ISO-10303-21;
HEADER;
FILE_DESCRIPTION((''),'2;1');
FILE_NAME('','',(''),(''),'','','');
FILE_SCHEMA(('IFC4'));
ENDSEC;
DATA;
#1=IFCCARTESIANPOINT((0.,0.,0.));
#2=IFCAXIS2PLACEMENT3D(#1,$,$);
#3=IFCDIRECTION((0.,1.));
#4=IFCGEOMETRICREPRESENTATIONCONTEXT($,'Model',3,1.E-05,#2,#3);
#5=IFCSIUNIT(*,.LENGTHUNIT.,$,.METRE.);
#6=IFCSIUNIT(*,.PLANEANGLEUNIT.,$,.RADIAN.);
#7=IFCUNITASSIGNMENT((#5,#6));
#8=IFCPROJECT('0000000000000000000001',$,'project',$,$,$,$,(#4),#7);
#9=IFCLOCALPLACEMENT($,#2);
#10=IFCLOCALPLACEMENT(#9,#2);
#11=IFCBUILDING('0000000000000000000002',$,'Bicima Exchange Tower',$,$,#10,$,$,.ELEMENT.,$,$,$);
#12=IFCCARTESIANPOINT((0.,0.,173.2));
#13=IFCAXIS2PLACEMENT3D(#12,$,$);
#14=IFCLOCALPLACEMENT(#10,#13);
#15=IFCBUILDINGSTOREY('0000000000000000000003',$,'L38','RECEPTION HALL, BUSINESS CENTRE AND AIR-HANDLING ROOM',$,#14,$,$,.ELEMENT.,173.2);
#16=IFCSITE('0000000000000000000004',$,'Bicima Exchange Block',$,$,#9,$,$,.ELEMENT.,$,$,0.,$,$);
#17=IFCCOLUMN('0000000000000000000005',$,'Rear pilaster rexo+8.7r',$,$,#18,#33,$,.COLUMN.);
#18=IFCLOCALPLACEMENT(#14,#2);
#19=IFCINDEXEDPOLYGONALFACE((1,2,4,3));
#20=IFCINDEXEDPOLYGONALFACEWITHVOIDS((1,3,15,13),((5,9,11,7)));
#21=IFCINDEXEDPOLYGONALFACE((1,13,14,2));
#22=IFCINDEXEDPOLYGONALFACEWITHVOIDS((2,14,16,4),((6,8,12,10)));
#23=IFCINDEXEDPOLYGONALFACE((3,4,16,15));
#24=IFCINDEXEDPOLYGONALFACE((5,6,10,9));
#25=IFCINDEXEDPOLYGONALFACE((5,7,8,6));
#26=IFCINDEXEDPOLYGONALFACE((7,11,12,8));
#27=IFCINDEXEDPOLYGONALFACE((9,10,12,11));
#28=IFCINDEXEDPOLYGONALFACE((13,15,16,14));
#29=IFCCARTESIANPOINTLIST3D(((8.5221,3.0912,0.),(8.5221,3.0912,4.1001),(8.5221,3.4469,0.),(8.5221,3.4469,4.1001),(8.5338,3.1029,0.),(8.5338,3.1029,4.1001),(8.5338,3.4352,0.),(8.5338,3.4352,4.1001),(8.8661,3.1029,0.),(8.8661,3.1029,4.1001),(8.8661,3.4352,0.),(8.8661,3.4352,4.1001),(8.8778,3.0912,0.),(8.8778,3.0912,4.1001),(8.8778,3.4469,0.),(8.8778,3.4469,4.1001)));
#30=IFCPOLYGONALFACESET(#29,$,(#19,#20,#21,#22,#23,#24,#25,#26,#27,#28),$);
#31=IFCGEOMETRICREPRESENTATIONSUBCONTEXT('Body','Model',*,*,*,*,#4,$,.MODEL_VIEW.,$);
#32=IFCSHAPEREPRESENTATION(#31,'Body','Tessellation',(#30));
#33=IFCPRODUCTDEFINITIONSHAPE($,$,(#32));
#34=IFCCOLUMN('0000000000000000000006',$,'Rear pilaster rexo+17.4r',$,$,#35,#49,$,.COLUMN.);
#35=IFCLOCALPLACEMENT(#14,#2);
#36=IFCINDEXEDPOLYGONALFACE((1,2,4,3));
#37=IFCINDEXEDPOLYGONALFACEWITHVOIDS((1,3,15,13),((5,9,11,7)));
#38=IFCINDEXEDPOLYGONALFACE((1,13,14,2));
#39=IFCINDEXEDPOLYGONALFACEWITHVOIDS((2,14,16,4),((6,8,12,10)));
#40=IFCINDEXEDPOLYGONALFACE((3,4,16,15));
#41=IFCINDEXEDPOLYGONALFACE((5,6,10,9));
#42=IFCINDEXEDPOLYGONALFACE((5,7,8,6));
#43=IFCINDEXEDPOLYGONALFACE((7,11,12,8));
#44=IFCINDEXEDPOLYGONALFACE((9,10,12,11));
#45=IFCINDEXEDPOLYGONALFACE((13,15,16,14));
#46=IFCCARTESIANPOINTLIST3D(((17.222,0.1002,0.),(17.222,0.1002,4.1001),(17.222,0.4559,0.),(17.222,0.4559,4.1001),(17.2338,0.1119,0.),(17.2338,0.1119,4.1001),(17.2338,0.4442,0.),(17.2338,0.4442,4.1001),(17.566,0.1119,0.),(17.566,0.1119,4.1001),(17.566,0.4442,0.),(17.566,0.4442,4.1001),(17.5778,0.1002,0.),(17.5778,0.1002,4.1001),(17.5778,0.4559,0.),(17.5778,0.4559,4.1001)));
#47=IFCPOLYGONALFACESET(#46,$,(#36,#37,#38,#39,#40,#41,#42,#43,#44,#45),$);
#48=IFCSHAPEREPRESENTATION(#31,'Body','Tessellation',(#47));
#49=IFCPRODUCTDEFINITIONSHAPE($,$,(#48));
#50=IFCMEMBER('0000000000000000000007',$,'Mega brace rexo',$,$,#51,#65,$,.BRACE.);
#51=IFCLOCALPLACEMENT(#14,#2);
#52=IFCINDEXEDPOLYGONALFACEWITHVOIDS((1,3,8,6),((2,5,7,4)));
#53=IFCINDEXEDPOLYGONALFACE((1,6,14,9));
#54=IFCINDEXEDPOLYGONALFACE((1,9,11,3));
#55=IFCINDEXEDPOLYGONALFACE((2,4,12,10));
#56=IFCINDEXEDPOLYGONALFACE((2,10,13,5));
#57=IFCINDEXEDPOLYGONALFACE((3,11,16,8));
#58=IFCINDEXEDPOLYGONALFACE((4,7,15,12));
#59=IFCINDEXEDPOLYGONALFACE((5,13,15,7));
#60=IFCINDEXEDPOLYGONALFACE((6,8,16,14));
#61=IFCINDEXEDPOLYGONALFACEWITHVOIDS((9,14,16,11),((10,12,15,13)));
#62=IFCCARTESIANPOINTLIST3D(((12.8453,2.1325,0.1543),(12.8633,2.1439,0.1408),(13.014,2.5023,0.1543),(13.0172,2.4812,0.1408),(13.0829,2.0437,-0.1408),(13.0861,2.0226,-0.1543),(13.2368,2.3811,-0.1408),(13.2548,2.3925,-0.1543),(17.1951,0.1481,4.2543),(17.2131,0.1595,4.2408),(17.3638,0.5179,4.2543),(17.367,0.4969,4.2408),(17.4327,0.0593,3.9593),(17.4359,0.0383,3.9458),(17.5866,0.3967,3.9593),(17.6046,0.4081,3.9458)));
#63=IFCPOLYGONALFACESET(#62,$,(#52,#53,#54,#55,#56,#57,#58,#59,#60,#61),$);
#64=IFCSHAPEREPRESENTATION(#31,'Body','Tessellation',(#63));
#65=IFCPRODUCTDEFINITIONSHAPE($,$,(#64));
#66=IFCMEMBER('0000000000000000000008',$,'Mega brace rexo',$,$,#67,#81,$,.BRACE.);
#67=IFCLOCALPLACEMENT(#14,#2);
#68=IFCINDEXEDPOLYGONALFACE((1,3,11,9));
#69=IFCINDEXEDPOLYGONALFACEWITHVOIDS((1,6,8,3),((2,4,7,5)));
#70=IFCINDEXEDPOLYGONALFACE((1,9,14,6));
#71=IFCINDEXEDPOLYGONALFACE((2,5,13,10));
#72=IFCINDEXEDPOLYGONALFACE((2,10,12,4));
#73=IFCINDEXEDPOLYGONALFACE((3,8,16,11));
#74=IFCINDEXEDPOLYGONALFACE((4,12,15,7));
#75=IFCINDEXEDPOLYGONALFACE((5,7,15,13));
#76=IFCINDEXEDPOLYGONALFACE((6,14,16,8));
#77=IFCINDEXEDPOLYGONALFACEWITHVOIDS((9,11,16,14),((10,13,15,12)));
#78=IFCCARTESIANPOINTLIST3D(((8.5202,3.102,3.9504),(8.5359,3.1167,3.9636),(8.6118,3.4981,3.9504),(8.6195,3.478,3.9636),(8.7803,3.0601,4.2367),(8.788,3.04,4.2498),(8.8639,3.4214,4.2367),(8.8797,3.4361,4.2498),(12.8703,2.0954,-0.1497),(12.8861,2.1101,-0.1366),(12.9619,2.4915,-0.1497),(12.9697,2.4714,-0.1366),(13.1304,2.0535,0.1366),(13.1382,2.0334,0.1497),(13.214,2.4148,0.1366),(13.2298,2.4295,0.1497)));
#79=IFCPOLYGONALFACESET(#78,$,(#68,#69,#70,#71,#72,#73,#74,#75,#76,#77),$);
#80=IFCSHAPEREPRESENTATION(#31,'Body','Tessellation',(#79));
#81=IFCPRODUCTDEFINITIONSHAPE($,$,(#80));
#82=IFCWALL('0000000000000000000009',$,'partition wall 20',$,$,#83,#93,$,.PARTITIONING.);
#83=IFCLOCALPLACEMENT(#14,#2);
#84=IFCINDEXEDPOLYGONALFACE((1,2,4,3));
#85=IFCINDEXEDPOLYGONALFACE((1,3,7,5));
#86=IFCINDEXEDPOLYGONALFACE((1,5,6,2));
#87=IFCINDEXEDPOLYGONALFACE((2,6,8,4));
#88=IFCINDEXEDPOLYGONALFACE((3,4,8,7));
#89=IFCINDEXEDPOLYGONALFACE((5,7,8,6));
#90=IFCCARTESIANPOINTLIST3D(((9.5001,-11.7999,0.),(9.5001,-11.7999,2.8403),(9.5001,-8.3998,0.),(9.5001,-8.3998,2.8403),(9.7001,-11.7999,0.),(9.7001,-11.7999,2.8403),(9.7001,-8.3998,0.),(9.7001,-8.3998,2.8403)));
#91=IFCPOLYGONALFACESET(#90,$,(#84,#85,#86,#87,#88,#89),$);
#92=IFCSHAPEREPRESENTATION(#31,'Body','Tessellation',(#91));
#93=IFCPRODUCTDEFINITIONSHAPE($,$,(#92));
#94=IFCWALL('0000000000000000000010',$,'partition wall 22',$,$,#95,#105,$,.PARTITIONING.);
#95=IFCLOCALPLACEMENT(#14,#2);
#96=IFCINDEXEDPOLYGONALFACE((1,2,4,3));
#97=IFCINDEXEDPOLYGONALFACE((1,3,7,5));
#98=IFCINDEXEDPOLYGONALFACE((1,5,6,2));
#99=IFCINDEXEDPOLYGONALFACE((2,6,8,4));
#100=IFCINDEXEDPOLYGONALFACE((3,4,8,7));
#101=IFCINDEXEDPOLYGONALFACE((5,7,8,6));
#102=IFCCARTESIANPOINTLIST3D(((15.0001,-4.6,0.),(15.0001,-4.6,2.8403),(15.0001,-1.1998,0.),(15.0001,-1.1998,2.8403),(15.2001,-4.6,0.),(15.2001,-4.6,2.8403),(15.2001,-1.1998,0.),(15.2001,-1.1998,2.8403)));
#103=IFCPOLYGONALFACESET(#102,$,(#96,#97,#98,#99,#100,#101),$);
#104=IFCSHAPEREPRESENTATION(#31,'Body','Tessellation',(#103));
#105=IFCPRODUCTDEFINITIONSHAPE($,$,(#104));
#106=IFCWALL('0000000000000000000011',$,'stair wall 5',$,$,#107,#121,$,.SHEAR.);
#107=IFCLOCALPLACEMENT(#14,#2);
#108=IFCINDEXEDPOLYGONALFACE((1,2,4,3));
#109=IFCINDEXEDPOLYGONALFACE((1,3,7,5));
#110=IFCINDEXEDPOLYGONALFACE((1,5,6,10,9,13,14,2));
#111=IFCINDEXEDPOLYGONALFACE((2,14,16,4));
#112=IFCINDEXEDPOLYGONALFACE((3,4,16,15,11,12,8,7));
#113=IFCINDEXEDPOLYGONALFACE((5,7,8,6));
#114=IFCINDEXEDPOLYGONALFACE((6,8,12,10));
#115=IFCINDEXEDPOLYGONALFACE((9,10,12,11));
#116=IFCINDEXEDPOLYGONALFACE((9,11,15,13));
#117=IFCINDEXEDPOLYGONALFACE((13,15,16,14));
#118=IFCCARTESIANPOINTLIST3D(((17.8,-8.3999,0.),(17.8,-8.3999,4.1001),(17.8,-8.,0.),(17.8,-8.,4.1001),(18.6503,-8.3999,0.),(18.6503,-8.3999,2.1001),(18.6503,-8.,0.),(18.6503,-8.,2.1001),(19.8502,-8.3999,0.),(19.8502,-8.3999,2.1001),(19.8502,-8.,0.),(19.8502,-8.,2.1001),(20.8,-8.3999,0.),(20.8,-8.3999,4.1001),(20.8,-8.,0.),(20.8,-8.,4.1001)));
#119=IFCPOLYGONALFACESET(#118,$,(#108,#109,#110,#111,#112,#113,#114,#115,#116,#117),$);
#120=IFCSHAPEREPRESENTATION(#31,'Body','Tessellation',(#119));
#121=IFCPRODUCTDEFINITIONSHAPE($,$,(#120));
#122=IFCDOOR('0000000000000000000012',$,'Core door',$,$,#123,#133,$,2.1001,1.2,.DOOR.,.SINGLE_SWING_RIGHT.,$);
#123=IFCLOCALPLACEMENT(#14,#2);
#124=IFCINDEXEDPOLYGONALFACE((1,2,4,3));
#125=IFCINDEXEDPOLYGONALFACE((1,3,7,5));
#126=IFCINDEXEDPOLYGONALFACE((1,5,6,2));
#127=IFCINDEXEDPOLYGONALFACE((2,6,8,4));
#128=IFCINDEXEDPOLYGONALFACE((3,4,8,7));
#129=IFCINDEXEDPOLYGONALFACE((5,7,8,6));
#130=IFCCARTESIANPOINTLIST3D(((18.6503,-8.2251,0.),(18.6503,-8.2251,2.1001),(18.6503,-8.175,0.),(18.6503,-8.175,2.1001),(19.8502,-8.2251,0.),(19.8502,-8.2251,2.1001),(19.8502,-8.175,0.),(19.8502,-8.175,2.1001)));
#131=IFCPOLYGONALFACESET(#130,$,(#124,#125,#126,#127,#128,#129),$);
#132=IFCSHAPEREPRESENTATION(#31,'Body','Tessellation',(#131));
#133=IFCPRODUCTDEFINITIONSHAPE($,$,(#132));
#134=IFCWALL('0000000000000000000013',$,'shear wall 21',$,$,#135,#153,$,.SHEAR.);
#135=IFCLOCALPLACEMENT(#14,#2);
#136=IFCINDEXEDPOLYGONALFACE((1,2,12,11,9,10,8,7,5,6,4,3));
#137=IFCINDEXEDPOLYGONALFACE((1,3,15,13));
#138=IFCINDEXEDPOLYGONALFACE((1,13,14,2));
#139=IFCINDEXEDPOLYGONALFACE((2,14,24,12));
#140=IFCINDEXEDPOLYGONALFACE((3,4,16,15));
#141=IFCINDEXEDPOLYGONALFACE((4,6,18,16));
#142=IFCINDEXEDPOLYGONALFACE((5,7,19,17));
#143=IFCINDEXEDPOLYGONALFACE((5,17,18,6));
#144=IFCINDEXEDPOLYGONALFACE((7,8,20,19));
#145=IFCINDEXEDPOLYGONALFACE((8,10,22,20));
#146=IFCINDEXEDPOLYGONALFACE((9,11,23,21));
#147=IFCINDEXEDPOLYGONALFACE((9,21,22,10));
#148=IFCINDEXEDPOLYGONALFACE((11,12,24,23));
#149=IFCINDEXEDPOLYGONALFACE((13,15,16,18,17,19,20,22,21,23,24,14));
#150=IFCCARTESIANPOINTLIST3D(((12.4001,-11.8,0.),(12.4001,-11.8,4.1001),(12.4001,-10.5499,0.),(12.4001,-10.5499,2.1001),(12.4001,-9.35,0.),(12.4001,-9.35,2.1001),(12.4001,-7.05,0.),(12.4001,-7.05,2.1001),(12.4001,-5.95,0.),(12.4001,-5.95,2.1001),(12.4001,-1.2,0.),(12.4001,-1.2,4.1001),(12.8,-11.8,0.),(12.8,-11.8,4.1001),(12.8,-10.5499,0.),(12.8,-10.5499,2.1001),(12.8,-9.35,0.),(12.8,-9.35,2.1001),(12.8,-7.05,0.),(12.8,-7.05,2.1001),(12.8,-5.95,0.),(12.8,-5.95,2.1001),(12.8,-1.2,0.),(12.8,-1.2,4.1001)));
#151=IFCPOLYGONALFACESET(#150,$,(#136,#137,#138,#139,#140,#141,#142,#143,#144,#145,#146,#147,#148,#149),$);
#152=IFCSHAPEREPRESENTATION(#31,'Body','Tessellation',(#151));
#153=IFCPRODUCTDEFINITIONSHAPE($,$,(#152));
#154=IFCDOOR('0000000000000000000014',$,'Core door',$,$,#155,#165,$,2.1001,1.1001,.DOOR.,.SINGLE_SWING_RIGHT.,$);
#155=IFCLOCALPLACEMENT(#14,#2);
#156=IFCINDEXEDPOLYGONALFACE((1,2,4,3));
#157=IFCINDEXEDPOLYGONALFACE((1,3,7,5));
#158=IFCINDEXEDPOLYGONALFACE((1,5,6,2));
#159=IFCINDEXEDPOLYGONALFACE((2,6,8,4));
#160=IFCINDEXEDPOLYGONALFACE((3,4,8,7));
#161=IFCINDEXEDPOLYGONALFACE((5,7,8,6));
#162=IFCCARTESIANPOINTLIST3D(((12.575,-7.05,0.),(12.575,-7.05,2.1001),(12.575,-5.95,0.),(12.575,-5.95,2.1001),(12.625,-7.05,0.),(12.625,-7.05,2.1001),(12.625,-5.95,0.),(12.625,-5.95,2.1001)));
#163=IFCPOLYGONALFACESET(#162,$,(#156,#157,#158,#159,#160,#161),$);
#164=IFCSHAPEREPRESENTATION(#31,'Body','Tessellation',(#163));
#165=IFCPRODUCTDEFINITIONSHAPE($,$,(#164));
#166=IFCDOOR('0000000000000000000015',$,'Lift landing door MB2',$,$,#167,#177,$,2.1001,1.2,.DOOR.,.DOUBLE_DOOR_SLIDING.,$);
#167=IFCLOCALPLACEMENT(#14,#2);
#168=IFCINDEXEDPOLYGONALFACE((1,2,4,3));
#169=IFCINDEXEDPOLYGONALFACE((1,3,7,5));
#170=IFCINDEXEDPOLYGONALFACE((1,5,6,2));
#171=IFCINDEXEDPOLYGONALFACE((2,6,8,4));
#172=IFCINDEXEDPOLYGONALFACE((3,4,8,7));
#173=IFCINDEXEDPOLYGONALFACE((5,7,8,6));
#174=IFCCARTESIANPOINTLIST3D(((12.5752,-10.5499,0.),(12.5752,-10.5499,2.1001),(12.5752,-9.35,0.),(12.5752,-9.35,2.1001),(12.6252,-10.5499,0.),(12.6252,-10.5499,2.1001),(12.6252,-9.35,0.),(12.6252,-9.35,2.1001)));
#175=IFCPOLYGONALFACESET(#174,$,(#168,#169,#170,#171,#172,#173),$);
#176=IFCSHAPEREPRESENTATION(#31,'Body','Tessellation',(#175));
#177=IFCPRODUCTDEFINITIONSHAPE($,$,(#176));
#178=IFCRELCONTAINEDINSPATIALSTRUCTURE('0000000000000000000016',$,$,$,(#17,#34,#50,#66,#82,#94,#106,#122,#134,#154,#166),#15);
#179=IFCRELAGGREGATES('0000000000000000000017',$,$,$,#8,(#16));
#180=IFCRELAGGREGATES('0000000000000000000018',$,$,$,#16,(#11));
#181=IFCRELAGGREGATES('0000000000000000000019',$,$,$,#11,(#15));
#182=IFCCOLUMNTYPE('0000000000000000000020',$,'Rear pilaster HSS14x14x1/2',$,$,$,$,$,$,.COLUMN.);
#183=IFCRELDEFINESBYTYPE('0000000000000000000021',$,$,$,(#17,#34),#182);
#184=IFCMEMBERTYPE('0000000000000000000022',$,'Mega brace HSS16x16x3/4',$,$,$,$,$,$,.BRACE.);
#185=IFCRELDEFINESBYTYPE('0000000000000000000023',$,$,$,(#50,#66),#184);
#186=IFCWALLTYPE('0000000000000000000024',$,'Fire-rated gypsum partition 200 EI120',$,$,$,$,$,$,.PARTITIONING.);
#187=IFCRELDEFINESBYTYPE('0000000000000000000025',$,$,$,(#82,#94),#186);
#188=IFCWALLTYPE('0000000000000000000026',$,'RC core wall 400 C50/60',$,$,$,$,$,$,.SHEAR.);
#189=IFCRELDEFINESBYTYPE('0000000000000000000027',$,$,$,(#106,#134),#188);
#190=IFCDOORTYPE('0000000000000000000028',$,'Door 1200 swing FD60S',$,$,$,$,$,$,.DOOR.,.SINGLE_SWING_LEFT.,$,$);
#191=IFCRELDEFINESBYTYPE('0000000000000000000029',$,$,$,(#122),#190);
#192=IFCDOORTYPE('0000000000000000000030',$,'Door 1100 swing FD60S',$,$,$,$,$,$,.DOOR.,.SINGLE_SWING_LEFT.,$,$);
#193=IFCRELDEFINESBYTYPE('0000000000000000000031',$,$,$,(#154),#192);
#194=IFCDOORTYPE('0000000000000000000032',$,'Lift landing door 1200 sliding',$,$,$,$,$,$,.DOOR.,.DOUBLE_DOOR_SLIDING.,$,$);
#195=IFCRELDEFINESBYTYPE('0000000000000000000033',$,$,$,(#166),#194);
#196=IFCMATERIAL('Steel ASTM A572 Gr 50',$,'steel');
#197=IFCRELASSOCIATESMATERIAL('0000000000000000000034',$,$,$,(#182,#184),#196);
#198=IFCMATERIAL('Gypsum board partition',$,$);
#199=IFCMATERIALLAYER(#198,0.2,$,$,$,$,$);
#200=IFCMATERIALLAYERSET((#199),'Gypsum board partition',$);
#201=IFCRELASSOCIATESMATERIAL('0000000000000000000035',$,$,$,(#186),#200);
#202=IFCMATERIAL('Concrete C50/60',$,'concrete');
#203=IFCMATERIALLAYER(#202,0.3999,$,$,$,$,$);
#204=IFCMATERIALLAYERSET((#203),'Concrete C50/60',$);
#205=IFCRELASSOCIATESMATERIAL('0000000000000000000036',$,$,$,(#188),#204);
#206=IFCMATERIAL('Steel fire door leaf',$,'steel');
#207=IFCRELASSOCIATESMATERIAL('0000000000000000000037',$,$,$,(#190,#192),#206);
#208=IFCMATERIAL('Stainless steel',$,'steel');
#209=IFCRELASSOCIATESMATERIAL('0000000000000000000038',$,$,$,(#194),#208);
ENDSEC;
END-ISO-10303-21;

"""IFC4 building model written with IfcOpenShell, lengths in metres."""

from ifc_helpers import new_model, si_unit, direction, frame, frame_2d, origin, origin_2d, place, context, subcontext, project, spatial, rectangle, hollow_rectangle, extrude, material, layer, layer_set, material_profile, profile_set, type_object, element, fill, save


model = new_model("IFC4")

# Units and contexts
model_context = context("Model", 3, precision=1e-05, world=origin(), true_north=direction((0.0, 1.0)))
body_context = subcontext(model_context, "Body", "Model", "MODEL_VIEW")
ifc_project = project(units=[si_unit("LENGTHUNIT", "METRE"), si_unit("PLANEANGLEUNIT", "RADIAN")], contexts=[model_context])

# Site, building, storey
site_placement = place(None, origin())
site = spatial("IfcSite", under=ifc_project, at=site_placement, Name="Bicima Exchange Block", CompositionType="ELEMENT", RefElevation=0.0)
building_placement = place(site_placement, origin())
building = spatial("IfcBuilding", under=site, at=building_placement, Name="Bicima Exchange Tower", CompositionType="ELEMENT")
storey_placement = place(building_placement, frame((0.0, 0.0, 173.2)))
storey = spatial("IfcBuildingStorey", under=building, at=storey_placement, Name="L38", Description="RECEPTION HALL, BUSINESS CENTRE AND AIR-HANDLING ROOM", CompositionType="ELEMENT", Elevation=173.2)

# Columns
ifc_material_1 = material(Name="Steel ASTM A572 Gr 50", Category="steel")
ifc_material_profile_1 = material_profile(ifc_material_1, hollow_rectangle(XDim=0.3557, YDim=0.3557, WallThickness=0.0117, at=origin_2d()))
ifc_profile_set_1 = profile_set([ifc_material_profile_1], Name="Steel ASTM A572 Gr 50")
column_type = type_object("IfcColumnType", Name="Rear pilaster HSS14x14x1/2", PredefinedType="COLUMN", material=ifc_profile_set_1)
for number, where, z_axis, x_axis, name in (
    (1, (8.7, 3.269, 0.0), (0.0, 0.0, 1.0), (1.0, 0.0, 0.0), "Rear pilaster rexo+8.7r"),
    (2, (17.3999, 0.2781, 0.0), (0.0, 0.0, 1.0), (1.0, 0.0, 0.0), "Rear pilaster rexo+17.4r"),
):
    element("IfcColumn", number, at=place(storey_placement, frame(where, z_axis=z_axis, x_axis=x_axis)), inside=storey, type_object=column_type, Name=name, PredefinedType="COLUMN", context=body_context, shape_type="SweptSolid", body=[
        extrude(hollow_rectangle(XDim=0.3557, YDim=0.3557, WallThickness=0.0117, at=origin_2d()), origin(), (0.0, 0.0, 1.0), 4.1001),
    ])

# Members
ifc_material_profile_2 = material_profile(ifc_material_1, hollow_rectangle(XDim=0.4065, YDim=0.4065, WallThickness=0.0178, at=origin_2d()))
ifc_profile_set_2 = profile_set([ifc_material_profile_2], Name="Steel ASTM A572 Gr 50")
member_type = type_object("IfcMemberType", Name="Mega brace HSS16x16x3/4", PredefinedType="BRACE", material=ifc_profile_set_2)
member_1_placement = place(storey_placement, frame((13.05, 2.2625, 0.0), z_axis=(0.690629, -0.31506, 0.650975), x_axis=(0.415045, 0.909801, 0.0)))
element("IfcMember", 3, at=member_1_placement, inside=storey, type_object=member_type, Name="Mega brace rexo", PredefinedType="BRACE", context=body_context, shape_type="SweptSolid", body=[
    extrude(hollow_rectangle(XDim=0.4065, YDim=0.4065, WallThickness=0.0178, at=origin_2d()), origin(), (0.0, 0.0, 1.0), 6.2983),
])
member_2_placement = place(storey_placement, frame((13.05, 2.2625, 0.0), z_axis=(-0.717606, 0.166051, 0.676365), x_axis=(-0.225439, -0.974257, 0.0)))
element("IfcMember", 4, at=member_2_placement, inside=storey, type_object=member_type, Name="Mega brace rexo", PredefinedType="BRACE", context=body_context, shape_type="SweptSolid", body=[
    extrude(hollow_rectangle(XDim=0.4065, YDim=0.4065, WallThickness=0.0178, at=origin_2d()), origin(), (0.0, 0.0, 1.0), 6.062),
])

# Walls
ifc_material_2 = material(Name="Gypsum board partition")
ifc_layer_1 = layer(ifc_material_2, 0.2)
ifc_layer_set_1 = layer_set([ifc_layer_1], Name="Gypsum board partition")
wall_type_1 = type_object("IfcWallType", Name="Fire-rated gypsum partition 200 EI120", PredefinedType="PARTITIONING", material=ifc_layer_set_1)
for number, where, z_axis, x_axis, name in (
    (5, (9.6001, -11.8, 0.0), (0.0, 0.0, 1.0), (0.0, 1.0, 0.0), "partition wall 20"),
    (6, (15.1001, -4.6001, 0.0), (0.0, 0.0, 1.0), (0.0, 1.0, 0.0), "partition wall 22"),
):
    element("IfcWall", number, at=place(storey_placement, frame(where, z_axis=z_axis, x_axis=x_axis)), inside=storey, type_object=wall_type_1, Name=name, PredefinedType="PARTITIONING", context=body_context, shape_type="SweptSolid", body=[
        extrude(rectangle(XDim=3.4001, YDim=0.2, at=frame_2d((1.7002, 0.0))), origin(), (0.0, 0.0, 1.0), 2.8403),
    ])

# Wall, opening, door
ifc_material_3 = material(Name="Concrete C50/60", Category="concrete")
ifc_layer_2 = layer(ifc_material_3, 0.3999)
ifc_layer_set_2 = layer_set([ifc_layer_2], Name="Concrete C50/60")
wall_type_2 = type_object("IfcWallType", Name="RC core wall 400 C50/60", PredefinedType="SHEAR", material=ifc_layer_set_2)
wall_1_placement = place(storey_placement, frame((17.8, -8.2, 0.0), z_axis=(0.0, 0.0, 1.0), x_axis=(1.0, 0.0, 0.0)))
wall_1 = element("IfcWall", 7, at=wall_1_placement, inside=storey, type_object=wall_type_2, Name="stair wall 5", PredefinedType="SHEAR", context=body_context, shape_type="SweptSolid", body=[
    extrude(rectangle(XDim=3.0, YDim=0.3999, at=frame_2d((1.5, 0.0))), origin(), (0.0, 0.0, 1.0), 4.1001),
])
opening_1_placement = place(wall_1_placement, frame((0.8501, 0.0, 0.0)))
opening_1 = element("IfcOpeningElement", 8, at=opening_1_placement, cuts=wall_1, PredefinedType="OPENING", context=body_context, shape_type="SweptSolid", body=[
    extrude(rectangle(XDim=1.2, YDim=2.1001, at=frame_2d((0.6001, 1.05))), frame((0.0, 0.2119, 0.0), z_axis=(0.0, -1.0, 0.0), x_axis=(1.0, 0.0, 0.0)), (0.0, 0.0, 1.0), 0.4238),
])
ifc_material_4 = material(Name="Steel fire door leaf", Category="steel")
door_type_1 = type_object("IfcDoorType", Name="Door 1200 swing FD60S", OperationType="SINGLE_SWING_LEFT", PredefinedType="DOOR", material=ifc_material_4)
door_1_placement = place(opening_1_placement, origin())
door_1 = element("IfcDoor", 9, at=door_1_placement, inside=storey, type_object=door_type_1, Name="Core door", OperationType="SINGLE_SWING_RIGHT", OverallHeight=2.1001, OverallWidth=1.2, PredefinedType="DOOR", context=body_context, shape_type="SweptSolid", body=[
    extrude(rectangle(XDim=1.2, YDim=2.1001, at=frame_2d((0.6001, 1.05))), frame((0.0, 0.0249, 0.0), z_axis=(0.0, -1.0, 0.0), x_axis=(1.0, 0.0, 0.0)), (0.0, 0.0, 1.0), 0.05),
])
fill(opening_1, door_1)

# Wall, openings, doors
wall_2_placement = place(storey_placement, frame((12.6001, -11.8, 0.0), z_axis=(0.0, 0.0, 1.0), x_axis=(0.0, 1.0, 0.0)))
wall_2 = element("IfcWall", 10, at=wall_2_placement, inside=storey, type_object=wall_type_2, Name="shear wall 21", PredefinedType="SHEAR", context=body_context, shape_type="SweptSolid", body=[
    extrude(rectangle(XDim=10.6001, YDim=0.3999, at=frame_2d((5.3, 0.0))), origin(), (0.0, 0.0, 1.0), 4.1001),
])
opening_2_placement = place(wall_2_placement, frame((1.25, 0.0, 0.0)))
opening_2 = element("IfcOpeningElement", 11, at=opening_2_placement, cuts=wall_2, PredefinedType="OPENING", context=body_context, shape_type="SweptSolid", body=[
    extrude(rectangle(XDim=1.2, YDim=2.1001, at=frame_2d((0.6001, 1.05))), frame((0.0, 0.2119, 0.0), z_axis=(0.0, -1.0, 0.0), x_axis=(1.0, 0.0, 0.0)), (0.0, 0.0, 1.0), 0.4238),
])
opening_3_placement = place(wall_2_placement, frame((4.75, 0.0, 0.0)))
opening_3 = element("IfcOpeningElement", 12, at=opening_3_placement, cuts=wall_2, PredefinedType="OPENING", context=body_context, shape_type="SweptSolid", body=[
    extrude(rectangle(XDim=1.1001, YDim=2.1001, at=frame_2d((0.55, 1.05))), frame((0.0, 0.2119, 0.0), z_axis=(0.0, -1.0, 0.0), x_axis=(1.0, 0.0, 0.0)), (0.0, 0.0, 1.0), 0.4238),
])
door_type_2 = type_object("IfcDoorType", Name="Door 1100 swing FD60S", OperationType="SINGLE_SWING_LEFT", PredefinedType="DOOR", material=ifc_material_4)
door_2_placement = place(opening_3_placement, frame((1.1001, 0.0, 0.0), z_axis=(0.0, 0.0, 1.0), x_axis=(-1.0, 0.0, 0.0)))
door_2 = element("IfcDoor", 13, at=door_2_placement, inside=storey, type_object=door_type_2, Name="Core door", OperationType="SINGLE_SWING_RIGHT", OverallHeight=2.1001, OverallWidth=1.1001, PredefinedType="DOOR", context=body_context, shape_type="SweptSolid", body=[
    extrude(rectangle(XDim=1.1001, YDim=2.1001, at=frame_2d((0.55, 1.05))), frame((0.0, 0.0249, 0.0), z_axis=(0.0, -1.0, 0.0), x_axis=(1.0, 0.0, 0.0)), (0.0, 0.0, 1.0), 0.05),
])
fill(opening_3, door_2)
ifc_material_5 = material(Name="Stainless steel", Category="steel")
door_type_3 = type_object("IfcDoorType", Name="Lift landing door 1200 sliding", OperationType="DOUBLE_DOOR_SLIDING", PredefinedType="DOOR", material=ifc_material_5)
door_3_placement = place(opening_2_placement, origin())
door_3 = element("IfcDoor", 14, at=door_3_placement, inside=storey, type_object=door_type_3, Name="Lift landing door MB2", OperationType="DOUBLE_DOOR_SLIDING", OverallHeight=2.1001, OverallWidth=1.2, PredefinedType="DOOR", context=body_context, shape_type="SweptSolid", body=[
    extrude(rectangle(XDim=1.2, YDim=2.1001, at=frame_2d((0.6001, 1.05))), frame((0.0, 0.0249, 0.0), z_axis=(0.0, -1.0, 0.0), x_axis=(1.0, 0.0, 0.0)), (0.0, 0.0, 1.0), 0.05),
])
fill(opening_2, door_3)

save(model, "model.ifc")
